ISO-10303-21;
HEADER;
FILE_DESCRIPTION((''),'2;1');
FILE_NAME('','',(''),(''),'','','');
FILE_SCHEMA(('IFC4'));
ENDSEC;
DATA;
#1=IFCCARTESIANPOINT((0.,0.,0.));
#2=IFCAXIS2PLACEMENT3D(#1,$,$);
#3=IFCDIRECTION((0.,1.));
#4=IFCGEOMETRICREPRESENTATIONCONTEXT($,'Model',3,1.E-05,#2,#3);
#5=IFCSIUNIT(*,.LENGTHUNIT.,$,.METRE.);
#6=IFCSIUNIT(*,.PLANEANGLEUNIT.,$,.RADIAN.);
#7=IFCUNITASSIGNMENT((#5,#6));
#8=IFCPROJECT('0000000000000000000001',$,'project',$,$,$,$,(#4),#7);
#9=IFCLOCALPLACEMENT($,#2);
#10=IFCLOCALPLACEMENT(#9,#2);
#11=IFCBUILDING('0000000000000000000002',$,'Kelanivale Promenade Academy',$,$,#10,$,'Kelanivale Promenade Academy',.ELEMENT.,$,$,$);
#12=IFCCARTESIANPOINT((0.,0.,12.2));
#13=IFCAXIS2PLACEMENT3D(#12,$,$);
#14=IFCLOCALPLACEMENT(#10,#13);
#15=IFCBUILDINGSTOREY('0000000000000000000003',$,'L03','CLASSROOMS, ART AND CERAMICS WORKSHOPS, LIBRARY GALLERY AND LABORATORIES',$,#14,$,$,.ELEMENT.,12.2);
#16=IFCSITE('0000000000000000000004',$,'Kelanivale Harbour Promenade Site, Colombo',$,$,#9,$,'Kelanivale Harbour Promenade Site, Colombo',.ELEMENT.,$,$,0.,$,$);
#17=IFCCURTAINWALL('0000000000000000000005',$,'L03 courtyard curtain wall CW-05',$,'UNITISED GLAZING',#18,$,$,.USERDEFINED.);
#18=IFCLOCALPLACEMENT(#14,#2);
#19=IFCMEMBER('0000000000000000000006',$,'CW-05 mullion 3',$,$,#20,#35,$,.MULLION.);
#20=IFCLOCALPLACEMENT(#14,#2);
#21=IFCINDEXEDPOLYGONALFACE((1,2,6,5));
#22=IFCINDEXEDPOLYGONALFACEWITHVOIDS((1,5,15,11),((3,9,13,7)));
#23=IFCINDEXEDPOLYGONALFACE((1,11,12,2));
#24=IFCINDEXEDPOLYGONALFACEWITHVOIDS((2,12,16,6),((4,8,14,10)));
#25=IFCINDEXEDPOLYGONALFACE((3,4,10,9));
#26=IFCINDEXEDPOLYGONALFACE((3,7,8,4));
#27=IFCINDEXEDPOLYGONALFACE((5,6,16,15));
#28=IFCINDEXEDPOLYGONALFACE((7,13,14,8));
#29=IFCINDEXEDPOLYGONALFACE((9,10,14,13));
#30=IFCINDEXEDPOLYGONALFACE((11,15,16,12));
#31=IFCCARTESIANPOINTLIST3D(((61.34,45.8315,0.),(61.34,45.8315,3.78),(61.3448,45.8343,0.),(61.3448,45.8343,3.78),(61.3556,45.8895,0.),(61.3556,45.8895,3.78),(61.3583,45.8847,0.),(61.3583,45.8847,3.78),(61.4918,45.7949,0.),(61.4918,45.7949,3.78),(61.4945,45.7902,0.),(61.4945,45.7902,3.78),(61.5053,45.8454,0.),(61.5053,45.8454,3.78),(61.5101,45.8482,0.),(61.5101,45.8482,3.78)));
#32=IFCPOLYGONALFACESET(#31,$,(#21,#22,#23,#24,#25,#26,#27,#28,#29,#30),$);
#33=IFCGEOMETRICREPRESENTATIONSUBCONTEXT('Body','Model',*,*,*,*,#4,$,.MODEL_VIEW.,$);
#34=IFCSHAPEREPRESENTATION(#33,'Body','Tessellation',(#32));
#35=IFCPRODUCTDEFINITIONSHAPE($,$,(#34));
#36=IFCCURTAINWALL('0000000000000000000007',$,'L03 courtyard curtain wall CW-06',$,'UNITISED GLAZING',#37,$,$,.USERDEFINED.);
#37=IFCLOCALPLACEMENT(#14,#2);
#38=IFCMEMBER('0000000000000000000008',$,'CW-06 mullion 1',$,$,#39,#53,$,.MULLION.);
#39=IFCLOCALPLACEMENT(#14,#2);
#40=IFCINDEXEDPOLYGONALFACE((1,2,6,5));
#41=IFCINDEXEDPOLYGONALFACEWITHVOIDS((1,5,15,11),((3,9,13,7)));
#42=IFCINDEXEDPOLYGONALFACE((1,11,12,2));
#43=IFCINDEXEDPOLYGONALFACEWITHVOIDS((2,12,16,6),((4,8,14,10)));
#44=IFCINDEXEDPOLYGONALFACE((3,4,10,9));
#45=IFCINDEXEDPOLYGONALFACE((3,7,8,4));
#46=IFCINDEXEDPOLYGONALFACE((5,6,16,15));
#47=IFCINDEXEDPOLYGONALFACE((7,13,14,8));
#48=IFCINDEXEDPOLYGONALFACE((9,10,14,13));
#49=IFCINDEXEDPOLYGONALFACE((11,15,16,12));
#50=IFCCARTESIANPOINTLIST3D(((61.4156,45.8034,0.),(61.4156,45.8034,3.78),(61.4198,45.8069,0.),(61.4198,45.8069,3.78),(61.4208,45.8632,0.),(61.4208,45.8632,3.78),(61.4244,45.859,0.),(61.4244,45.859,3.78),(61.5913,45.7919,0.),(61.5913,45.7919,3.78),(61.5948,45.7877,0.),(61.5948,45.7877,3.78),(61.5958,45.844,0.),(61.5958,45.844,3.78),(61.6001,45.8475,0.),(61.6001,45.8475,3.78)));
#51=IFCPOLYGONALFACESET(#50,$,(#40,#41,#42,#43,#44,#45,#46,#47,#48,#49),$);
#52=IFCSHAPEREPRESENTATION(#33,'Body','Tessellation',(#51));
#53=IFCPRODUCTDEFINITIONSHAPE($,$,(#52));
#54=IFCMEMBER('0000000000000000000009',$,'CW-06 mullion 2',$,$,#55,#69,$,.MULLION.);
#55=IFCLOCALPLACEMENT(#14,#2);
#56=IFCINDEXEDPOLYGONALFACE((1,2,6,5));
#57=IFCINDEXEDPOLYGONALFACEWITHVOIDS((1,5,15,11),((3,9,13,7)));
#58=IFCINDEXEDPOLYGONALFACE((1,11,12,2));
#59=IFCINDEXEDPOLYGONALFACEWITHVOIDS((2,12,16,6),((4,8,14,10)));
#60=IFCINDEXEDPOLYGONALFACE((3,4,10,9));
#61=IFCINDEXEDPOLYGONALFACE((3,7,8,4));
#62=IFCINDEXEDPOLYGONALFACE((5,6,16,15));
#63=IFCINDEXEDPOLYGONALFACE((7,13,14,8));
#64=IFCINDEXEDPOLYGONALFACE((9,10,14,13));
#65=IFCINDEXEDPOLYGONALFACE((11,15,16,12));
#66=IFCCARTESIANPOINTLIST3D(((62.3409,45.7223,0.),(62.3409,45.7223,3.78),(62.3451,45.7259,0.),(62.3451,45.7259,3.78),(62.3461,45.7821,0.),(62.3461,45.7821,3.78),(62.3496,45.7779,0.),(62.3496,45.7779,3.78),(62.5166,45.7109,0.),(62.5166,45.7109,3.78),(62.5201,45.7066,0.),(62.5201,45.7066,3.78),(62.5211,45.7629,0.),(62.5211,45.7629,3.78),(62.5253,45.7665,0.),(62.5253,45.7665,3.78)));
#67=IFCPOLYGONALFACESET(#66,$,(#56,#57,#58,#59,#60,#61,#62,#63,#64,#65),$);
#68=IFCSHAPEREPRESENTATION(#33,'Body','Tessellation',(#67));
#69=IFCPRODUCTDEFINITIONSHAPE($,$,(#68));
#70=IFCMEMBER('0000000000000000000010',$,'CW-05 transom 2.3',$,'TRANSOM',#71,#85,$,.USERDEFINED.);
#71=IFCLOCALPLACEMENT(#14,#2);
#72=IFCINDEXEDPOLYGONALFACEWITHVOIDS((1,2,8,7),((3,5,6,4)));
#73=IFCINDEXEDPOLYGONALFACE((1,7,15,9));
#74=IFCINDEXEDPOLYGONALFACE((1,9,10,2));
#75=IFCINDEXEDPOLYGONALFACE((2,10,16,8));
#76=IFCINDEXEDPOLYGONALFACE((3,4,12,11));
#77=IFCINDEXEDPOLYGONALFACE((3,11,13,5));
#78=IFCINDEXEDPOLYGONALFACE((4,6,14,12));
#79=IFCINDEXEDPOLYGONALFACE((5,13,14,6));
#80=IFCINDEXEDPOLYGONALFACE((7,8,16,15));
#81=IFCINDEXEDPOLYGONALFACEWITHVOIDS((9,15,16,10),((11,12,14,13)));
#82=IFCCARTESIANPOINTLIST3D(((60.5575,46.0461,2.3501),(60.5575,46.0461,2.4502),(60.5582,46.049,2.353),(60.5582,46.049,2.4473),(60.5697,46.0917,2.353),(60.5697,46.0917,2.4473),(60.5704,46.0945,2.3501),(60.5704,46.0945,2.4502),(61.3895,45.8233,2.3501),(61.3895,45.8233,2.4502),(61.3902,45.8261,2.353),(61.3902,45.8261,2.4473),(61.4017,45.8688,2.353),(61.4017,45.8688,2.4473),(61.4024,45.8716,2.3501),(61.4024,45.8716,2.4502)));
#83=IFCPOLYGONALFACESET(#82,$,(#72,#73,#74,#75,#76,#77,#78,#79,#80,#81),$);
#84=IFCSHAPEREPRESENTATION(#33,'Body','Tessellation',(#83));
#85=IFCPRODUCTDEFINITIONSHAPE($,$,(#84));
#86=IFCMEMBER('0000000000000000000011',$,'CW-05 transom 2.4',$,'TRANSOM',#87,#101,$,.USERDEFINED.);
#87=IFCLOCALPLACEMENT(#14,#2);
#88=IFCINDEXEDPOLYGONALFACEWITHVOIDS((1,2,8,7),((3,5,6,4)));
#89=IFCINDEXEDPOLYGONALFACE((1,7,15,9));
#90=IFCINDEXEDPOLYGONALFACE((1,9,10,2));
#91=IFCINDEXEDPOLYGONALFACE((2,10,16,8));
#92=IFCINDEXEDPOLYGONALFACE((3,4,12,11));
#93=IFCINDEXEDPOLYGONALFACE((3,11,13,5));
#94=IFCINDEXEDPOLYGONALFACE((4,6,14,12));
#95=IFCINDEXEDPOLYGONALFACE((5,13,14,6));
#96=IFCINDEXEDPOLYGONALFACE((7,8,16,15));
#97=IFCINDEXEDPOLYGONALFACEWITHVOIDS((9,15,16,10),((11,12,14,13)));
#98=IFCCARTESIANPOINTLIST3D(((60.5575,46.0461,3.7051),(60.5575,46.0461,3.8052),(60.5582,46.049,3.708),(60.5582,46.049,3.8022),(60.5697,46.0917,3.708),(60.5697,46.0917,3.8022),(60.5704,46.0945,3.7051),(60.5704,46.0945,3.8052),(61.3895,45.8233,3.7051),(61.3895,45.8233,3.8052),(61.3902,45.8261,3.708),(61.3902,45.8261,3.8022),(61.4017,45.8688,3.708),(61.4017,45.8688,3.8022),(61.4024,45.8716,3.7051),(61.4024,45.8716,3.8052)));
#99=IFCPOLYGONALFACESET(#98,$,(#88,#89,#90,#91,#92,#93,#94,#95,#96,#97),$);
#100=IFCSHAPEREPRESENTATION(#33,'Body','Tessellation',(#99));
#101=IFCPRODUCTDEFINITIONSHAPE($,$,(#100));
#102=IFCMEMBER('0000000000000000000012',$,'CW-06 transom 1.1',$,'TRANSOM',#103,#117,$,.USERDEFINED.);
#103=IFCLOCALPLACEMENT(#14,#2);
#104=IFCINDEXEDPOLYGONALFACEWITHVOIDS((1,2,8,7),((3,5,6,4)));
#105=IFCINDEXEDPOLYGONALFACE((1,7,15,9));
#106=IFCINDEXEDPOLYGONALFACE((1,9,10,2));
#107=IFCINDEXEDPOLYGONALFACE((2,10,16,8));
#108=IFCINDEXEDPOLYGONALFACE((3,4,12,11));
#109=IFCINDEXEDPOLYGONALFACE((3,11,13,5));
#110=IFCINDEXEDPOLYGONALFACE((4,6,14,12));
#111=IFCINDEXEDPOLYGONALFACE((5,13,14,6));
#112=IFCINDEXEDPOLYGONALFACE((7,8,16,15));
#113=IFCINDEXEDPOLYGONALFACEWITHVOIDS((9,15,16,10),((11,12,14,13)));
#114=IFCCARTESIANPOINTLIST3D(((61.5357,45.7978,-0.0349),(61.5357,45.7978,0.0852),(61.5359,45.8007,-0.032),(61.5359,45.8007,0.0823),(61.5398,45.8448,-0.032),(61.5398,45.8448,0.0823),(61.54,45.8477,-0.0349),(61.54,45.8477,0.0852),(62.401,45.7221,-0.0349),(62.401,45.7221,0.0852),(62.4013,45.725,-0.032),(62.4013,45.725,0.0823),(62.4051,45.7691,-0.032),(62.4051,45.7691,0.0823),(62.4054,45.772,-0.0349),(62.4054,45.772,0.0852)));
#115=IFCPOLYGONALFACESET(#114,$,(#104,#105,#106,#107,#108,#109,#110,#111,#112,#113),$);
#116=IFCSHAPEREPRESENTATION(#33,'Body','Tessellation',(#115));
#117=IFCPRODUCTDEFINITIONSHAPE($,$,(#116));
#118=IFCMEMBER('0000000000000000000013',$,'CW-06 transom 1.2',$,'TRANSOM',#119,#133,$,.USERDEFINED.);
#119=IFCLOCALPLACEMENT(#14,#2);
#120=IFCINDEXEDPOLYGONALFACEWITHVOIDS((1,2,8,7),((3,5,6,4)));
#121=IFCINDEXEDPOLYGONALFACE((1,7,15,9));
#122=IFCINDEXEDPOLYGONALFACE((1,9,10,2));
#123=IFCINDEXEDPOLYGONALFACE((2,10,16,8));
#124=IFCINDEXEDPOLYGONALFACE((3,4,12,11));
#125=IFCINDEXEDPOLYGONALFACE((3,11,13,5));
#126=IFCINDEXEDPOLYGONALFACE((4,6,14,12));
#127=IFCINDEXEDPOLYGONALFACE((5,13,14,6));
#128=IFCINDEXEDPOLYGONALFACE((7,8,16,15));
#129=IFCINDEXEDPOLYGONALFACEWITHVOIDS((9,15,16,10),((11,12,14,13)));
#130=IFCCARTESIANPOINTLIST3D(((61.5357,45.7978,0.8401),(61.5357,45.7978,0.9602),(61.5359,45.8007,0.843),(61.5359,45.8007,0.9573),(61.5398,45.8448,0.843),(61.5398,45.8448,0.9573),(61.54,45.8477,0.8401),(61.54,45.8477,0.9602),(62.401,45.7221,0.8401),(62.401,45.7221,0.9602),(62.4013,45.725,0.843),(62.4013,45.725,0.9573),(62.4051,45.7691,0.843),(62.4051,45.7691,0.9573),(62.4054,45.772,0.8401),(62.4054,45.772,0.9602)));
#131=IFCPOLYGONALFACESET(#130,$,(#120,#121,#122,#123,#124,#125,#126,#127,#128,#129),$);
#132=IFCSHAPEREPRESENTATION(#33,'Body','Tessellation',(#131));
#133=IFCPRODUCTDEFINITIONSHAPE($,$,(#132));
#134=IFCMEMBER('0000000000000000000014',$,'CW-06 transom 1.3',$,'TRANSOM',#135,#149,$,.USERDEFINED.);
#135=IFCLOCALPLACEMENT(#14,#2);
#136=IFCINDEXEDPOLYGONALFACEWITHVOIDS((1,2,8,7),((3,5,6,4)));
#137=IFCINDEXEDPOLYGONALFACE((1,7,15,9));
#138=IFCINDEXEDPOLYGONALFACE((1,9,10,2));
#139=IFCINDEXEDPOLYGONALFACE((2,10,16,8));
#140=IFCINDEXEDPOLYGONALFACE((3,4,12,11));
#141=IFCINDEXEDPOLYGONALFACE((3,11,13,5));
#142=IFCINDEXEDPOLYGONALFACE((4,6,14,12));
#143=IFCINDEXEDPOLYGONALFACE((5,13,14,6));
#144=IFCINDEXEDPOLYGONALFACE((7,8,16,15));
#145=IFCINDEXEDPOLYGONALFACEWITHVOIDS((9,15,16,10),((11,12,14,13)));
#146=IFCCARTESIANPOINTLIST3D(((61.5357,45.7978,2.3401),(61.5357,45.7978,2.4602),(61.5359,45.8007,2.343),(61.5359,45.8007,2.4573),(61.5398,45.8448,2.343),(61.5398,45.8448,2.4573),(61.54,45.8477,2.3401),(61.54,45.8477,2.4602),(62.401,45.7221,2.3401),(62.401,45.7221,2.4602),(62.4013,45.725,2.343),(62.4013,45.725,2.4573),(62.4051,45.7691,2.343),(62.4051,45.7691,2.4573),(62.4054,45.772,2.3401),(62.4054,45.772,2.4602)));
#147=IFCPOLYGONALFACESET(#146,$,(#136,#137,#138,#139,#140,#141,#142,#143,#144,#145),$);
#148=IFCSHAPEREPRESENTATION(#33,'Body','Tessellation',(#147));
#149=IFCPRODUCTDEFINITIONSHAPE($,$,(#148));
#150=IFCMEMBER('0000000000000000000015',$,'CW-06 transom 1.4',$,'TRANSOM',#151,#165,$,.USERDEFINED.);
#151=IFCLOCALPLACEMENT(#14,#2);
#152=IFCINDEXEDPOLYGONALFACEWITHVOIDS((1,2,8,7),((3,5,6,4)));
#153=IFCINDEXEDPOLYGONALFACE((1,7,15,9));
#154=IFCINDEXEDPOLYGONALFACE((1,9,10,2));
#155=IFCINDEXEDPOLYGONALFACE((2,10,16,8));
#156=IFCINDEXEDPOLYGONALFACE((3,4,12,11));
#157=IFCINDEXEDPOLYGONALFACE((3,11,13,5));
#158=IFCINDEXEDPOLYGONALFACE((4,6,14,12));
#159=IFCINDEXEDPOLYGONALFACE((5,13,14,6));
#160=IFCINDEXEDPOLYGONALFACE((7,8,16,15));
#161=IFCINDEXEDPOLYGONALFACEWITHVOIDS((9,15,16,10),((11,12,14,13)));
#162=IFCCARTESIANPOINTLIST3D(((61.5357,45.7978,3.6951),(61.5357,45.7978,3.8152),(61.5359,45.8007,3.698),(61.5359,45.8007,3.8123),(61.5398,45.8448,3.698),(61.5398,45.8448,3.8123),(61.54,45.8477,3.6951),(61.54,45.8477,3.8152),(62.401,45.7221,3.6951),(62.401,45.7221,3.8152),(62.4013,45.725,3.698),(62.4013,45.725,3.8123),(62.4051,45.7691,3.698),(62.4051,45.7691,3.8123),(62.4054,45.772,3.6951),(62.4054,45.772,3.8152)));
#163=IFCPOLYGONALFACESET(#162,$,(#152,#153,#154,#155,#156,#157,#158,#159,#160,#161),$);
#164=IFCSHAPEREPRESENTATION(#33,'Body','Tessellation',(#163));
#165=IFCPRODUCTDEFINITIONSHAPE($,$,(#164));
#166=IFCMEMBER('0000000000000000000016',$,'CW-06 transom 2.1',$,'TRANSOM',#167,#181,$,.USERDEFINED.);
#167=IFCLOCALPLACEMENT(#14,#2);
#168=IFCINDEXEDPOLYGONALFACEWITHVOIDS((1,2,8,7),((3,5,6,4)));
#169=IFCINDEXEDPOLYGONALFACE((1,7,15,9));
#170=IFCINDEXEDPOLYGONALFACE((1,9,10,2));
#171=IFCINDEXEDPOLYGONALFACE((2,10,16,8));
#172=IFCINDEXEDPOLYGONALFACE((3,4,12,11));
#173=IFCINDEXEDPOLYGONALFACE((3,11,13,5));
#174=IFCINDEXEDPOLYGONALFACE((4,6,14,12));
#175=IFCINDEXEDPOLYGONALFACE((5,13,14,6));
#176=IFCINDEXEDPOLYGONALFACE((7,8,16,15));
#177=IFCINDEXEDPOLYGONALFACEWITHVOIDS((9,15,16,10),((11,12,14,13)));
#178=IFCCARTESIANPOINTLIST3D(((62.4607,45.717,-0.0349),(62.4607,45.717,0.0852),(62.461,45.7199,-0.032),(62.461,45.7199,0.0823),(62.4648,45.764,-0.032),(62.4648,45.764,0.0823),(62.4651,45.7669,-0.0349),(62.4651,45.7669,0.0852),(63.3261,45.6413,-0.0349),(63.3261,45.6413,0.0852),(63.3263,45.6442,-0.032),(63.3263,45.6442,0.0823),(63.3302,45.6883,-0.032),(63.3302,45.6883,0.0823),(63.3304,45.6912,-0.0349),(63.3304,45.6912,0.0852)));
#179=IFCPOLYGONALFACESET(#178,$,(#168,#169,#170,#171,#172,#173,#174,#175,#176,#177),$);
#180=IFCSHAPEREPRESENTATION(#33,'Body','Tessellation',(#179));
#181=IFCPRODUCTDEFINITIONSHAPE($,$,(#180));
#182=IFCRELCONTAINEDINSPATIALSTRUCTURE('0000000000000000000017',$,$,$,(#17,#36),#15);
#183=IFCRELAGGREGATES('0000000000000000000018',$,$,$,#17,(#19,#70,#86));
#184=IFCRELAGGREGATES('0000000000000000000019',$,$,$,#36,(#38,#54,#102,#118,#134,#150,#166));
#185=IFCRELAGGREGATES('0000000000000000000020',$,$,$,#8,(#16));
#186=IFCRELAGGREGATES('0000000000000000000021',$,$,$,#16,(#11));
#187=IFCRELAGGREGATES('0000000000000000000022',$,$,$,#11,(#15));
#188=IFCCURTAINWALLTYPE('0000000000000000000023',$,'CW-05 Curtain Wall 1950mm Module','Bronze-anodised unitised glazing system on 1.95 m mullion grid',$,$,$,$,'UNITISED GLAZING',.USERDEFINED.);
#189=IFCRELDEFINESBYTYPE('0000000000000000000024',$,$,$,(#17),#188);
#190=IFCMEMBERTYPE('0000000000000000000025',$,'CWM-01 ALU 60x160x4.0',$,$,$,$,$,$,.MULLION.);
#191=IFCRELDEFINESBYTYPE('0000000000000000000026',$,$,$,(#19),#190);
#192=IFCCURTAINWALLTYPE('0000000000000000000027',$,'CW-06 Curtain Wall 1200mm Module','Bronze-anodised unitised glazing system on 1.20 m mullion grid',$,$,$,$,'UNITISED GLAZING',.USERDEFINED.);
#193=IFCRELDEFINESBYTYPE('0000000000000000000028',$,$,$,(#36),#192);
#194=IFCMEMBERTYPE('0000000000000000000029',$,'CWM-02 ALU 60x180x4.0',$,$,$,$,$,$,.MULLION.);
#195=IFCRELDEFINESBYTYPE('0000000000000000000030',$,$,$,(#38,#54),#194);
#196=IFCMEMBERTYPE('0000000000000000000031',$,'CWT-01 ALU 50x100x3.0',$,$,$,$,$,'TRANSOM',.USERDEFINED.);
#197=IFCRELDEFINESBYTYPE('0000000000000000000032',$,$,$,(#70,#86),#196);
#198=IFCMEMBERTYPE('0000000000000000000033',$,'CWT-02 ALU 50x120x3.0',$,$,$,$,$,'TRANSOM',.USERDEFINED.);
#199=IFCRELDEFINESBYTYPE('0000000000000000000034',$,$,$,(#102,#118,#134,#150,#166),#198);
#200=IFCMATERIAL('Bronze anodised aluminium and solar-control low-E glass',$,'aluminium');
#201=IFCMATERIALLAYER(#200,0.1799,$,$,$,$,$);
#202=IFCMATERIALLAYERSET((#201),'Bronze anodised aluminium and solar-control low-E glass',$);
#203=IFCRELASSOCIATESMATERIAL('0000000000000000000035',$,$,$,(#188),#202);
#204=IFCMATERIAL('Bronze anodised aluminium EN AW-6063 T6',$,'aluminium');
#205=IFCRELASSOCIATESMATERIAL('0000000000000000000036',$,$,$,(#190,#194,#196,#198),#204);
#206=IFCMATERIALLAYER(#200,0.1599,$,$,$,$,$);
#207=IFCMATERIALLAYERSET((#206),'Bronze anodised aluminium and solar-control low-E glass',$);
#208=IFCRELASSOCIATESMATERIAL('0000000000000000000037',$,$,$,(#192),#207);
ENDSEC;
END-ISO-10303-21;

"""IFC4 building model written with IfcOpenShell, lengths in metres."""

from ifc_helpers import new_model, si_unit, direction, frame, origin, origin_2d, place, context, subcontext, project, spatial, hollow_rectangle, extrude, material, layer, layer_set, material_profile, profile_set, type_object, element, aggregate, save


model = new_model("IFC4")

# Units and contexts
model_context = context("Model", 3, precision=1e-05, world=origin(), true_north=direction((0.0, 1.0)))
body_context = subcontext(model_context, "Body", "Model", "MODEL_VIEW")
ifc_project = project(units=[si_unit("LENGTHUNIT", "METRE"), si_unit("PLANEANGLEUNIT", "RADIAN")], contexts=[model_context])

# Site, building, storey
site_placement = place(None, origin())
site = spatial("IfcSite", under=ifc_project, at=site_placement, Name="Kelanivale Harbour Promenade Site, Colombo", LongName="Kelanivale Harbour Promenade Site, Colombo", CompositionType="ELEMENT", RefElevation=0.0)
building_placement = place(site_placement, origin())
building = spatial("IfcBuilding", under=site, at=building_placement, Name="Kelanivale Promenade Academy", LongName="Kelanivale Promenade Academy", CompositionType="ELEMENT")
storey_placement = place(building_placement, frame((0.0, 0.0, 12.2)))
storey = spatial("IfcBuildingStorey", under=building, at=storey_placement, Name="L03", Description="CLASSROOMS, ART AND CERAMICS WORKSHOPS, LIBRARY GALLERY AND LABORATORIES", CompositionType="ELEMENT", Elevation=12.2)

# Curtain wall, member
ifc_material_1 = material(Name="Bronze anodised aluminium and solar-control low-E glass", Category="aluminium")
ifc_layer_1 = layer(ifc_material_1, 0.1799)
ifc_layer_set_1 = layer_set([ifc_layer_1], Name="Bronze anodised aluminium and solar-control low-E glass")
curtain_wall_type_1 = type_object("IfcCurtainWallType", Name="CW-05 Curtain Wall 1950mm Module", Description="Bronze-anodised unitised glazing system on 1.95 m mullion grid", ElementType="UNITISED GLAZING", PredefinedType="USERDEFINED", material=ifc_layer_set_1)
curtain_wall_1_placement = place(storey_placement, origin())
curtain_wall_1 = element("IfcCurtainWall", 1, at=curtain_wall_1_placement, inside=storey, type_object=curtain_wall_type_1, Name="L03 courtyard curtain wall CW-05", ObjectType="UNITISED GLAZING", PredefinedType="USERDEFINED")
ifc_material_2 = material(Name="Bronze anodised aluminium EN AW-6063 T6", Category="aluminium")
ifc_material_profile_1 = material_profile(ifc_material_2, hollow_rectangle(XDim=0.0601, YDim=0.1599, WallThickness=0.0039, at=origin_2d()), Name="ALU 60x160x4.0")
ifc_profile_set_1 = profile_set([ifc_material_profile_1], Name="Bronze anodised aluminium EN AW-6063 T6")
member_type_1 = type_object("IfcMemberType", Name="CWM-01 ALU 60x160x4.0", PredefinedType="MULLION", material=ifc_profile_set_1)
member_1_placement = place(storey_placement, frame((61.425, 45.8398, 0.0), z_axis=(0.0, 0.0, 1.0), x_axis=(0.258578, 0.96599, 0.0)))
member_1 = element("IfcMember", 2, at=member_1_placement, type_object=member_type_1, Name="CW-05 mullion 3", PredefinedType="MULLION", context=body_context, shape_type="SweptSolid", body=[
    extrude(hollow_rectangle(XDim=0.0601, YDim=0.1599, WallThickness=0.0039, at=origin_2d()), origin(), (0.0, 0.0, 1.0), 3.78),
])

# Curtain wall, members
ifc_layer_2 = layer(ifc_material_1, 0.1599)
ifc_layer_set_2 = layer_set([ifc_layer_2], Name="Bronze anodised aluminium and solar-control low-E glass")
curtain_wall_type_2 = type_object("IfcCurtainWallType", Name="CW-06 Curtain Wall 1200mm Module", Description="Bronze-anodised unitised glazing system on 1.20 m mullion grid", ElementType="UNITISED GLAZING", PredefinedType="USERDEFINED", material=ifc_layer_set_2)
curtain_wall_2_placement = place(storey_placement, origin())
curtain_wall_2 = element("IfcCurtainWall", 3, at=curtain_wall_2_placement, inside=storey, type_object=curtain_wall_type_2, Name="L03 courtyard curtain wall CW-06", ObjectType="UNITISED GLAZING", PredefinedType="USERDEFINED")
ifc_material_profile_2 = material_profile(ifc_material_2, hollow_rectangle(XDim=0.0601, YDim=0.1799, WallThickness=0.0039, at=origin_2d()), Name="ALU 60x180x4.0")
ifc_profile_set_2 = profile_set([ifc_material_profile_2], Name="Bronze anodised aluminium EN AW-6063 T6")
member_type_2 = type_object("IfcMemberType", Name="CWM-02 ALU 60x180x4.0", PredefinedType="MULLION", material=ifc_profile_set_2)
member_2_placement = place(storey_placement, frame((61.5078, 45.8254, 0.0), z_axis=(0.0, 0.0, 1.0), x_axis=(0.087102, 0.996199, 0.0)))
member_2 = element("IfcMember", 4, at=member_2_placement, type_object=member_type_2, Name="CW-06 mullion 1", PredefinedType="MULLION", context=body_context, shape_type="SweptSolid", body=[
    extrude(hollow_rectangle(XDim=0.0601, YDim=0.1799, WallThickness=0.0039, at=origin_2d()), origin(), (0.0, 0.0, 1.0), 3.78),
])
member_3_placement = place(storey_placement, frame((62.4331, 45.7444, 0.0), z_axis=(0.0, 0.0, 1.0), x_axis=(0.087102, 0.996199, 0.0)))
member_3 = element("IfcMember", 5, at=member_3_placement, type_object=member_type_2, Name="CW-06 mullion 2", PredefinedType="MULLION", context=body_context, shape_type="SweptSolid", body=[
    extrude(hollow_rectangle(XDim=0.0601, YDim=0.1799, WallThickness=0.0039, at=origin_2d()), origin(), (0.0, 0.0, 1.0), 3.78),
])

# Members
ifc_material_profile_3 = material_profile(ifc_material_2, hollow_rectangle(XDim=0.05, YDim=0.1001, WallThickness=0.0029, at=origin_2d()), Name="ALU 50x100x3.0")
ifc_profile_set_3 = profile_set([ifc_material_profile_3], Name="Bronze anodised aluminium EN AW-6063 T6")
member_type_3 = type_object("IfcMemberType", Name="CWT-01 ALU 50x100x3.0", ElementType="TRANSOM", PredefinedType="USERDEFINED", material=ifc_profile_set_3)
member_4_placement = place(storey_placement, frame((60.564, 46.0703, 2.4001), z_axis=(0.965938, -0.258774, 0.0), x_axis=(0.258774, 0.965938, 0.0)))
member_4 = element("IfcMember", 6, at=member_4_placement, type_object=member_type_3, Name="CW-05 transom 2.3", ObjectType="TRANSOM", PredefinedType="USERDEFINED", context=body_context, shape_type="SweptSolid", body=[
    extrude(hollow_rectangle(XDim=0.05, YDim=0.1001, WallThickness=0.0029, at=origin_2d()), origin(), (0.0, 0.0, 1.0), 0.8613),
])
member_5_placement = place(storey_placement, frame((60.564, 46.0703, 3.7551), z_axis=(0.965938, -0.258774, 0.0), x_axis=(0.258774, 0.965938, 0.0)))
member_5 = element("IfcMember", 7, at=member_5_placement, type_object=member_type_3, Name="CW-05 transom 2.4", ObjectType="TRANSOM", PredefinedType="USERDEFINED", context=body_context, shape_type="SweptSolid", body=[
    extrude(hollow_rectangle(XDim=0.05, YDim=0.1001, WallThickness=0.0029, at=origin_2d()), origin(), (0.0, 0.0, 1.0), 0.8613),
])
ifc_material_profile_4 = material_profile(ifc_material_2, hollow_rectangle(XDim=0.05, YDim=0.1201, WallThickness=0.0029, at=origin_2d()), Name="ALU 50x120x3.0")
ifc_profile_set_4 = profile_set([ifc_material_profile_4], Name="Bronze anodised aluminium EN AW-6063 T6")
member_type_4 = type_object("IfcMemberType", Name="CWT-02 ALU 50x120x3.0", ElementType="TRANSOM", PredefinedType="USERDEFINED", material=ifc_profile_set_4)
member_6_placement = place(storey_placement, frame((61.5378, 45.8228, 0.0251), z_axis=(0.996196, -0.087139, 0.0), x_axis=(0.087139, 0.996196, 0.0)))
member_6 = element("IfcMember", 8, at=member_6_placement, type_object=member_type_4, Name="CW-06 transom 1.1", ObjectType="TRANSOM", PredefinedType="USERDEFINED", context=body_context, shape_type="SweptSolid", body=[
    extrude(hollow_rectangle(XDim=0.05, YDim=0.1201, WallThickness=0.0029, at=origin_2d()), origin(), (0.0, 0.0, 1.0), 0.8687),
])
member_7_placement = place(storey_placement, frame((61.5378, 45.8228, 0.9001), z_axis=(0.996196, -0.087139, 0.0), x_axis=(0.087139, 0.996196, 0.0)))
member_7 = element("IfcMember", 9, at=member_7_placement, type_object=member_type_4, Name="CW-06 transom 1.2", ObjectType="TRANSOM", PredefinedType="USERDEFINED", context=body_context, shape_type="SweptSolid", body=[
    extrude(hollow_rectangle(XDim=0.05, YDim=0.1201, WallThickness=0.0029, at=origin_2d()), origin(), (0.0, 0.0, 1.0), 0.8687),
])
member_8_placement = place(storey_placement, frame((61.5378, 45.8228, 2.4001), z_axis=(0.996196, -0.087139, 0.0), x_axis=(0.087139, 0.996196, 0.0)))
member_8 = element("IfcMember", 10, at=member_8_placement, type_object=member_type_4, Name="CW-06 transom 1.3", ObjectType="TRANSOM", PredefinedType="USERDEFINED", context=body_context, shape_type="SweptSolid", body=[
    extrude(hollow_rectangle(XDim=0.05, YDim=0.1201, WallThickness=0.0029, at=origin_2d()), origin(), (0.0, 0.0, 1.0), 0.8687),
])
member_9_placement = place(storey_placement, frame((61.5378, 45.8228, 3.7551), z_axis=(0.996196, -0.087139, 0.0), x_axis=(0.087139, 0.996196, 0.0)))
member_9 = element("IfcMember", 11, at=member_9_placement, type_object=member_type_4, Name="CW-06 transom 1.4", ObjectType="TRANSOM", PredefinedType="USERDEFINED", context=body_context, shape_type="SweptSolid", body=[
    extrude(hollow_rectangle(XDim=0.05, YDim=0.1201, WallThickness=0.0029, at=origin_2d()), origin(), (0.0, 0.0, 1.0), 0.8687),
])
member_10_placement = place(storey_placement, frame((62.4629, 45.7419, 0.0251), z_axis=(0.996196, -0.087139, 0.0), x_axis=(0.087139, 0.996196, 0.0)))
member_10 = element("IfcMember", 12, at=member_10_placement, type_object=member_type_4, Name="CW-06 transom 2.1", ObjectType="TRANSOM", PredefinedType="USERDEFINED", context=body_context, shape_type="SweptSolid", body=[
    extrude(hollow_rectangle(XDim=0.05, YDim=0.1201, WallThickness=0.0029, at=origin_2d()), origin(), (0.0, 0.0, 1.0), 0.8687),
])

aggregate(curtain_wall_1, [member_1, member_4, member_5])
aggregate(curtain_wall_2, [member_2, member_3, member_6, member_7, member_8, member_9, member_10])

save(model, "model.ifc")
